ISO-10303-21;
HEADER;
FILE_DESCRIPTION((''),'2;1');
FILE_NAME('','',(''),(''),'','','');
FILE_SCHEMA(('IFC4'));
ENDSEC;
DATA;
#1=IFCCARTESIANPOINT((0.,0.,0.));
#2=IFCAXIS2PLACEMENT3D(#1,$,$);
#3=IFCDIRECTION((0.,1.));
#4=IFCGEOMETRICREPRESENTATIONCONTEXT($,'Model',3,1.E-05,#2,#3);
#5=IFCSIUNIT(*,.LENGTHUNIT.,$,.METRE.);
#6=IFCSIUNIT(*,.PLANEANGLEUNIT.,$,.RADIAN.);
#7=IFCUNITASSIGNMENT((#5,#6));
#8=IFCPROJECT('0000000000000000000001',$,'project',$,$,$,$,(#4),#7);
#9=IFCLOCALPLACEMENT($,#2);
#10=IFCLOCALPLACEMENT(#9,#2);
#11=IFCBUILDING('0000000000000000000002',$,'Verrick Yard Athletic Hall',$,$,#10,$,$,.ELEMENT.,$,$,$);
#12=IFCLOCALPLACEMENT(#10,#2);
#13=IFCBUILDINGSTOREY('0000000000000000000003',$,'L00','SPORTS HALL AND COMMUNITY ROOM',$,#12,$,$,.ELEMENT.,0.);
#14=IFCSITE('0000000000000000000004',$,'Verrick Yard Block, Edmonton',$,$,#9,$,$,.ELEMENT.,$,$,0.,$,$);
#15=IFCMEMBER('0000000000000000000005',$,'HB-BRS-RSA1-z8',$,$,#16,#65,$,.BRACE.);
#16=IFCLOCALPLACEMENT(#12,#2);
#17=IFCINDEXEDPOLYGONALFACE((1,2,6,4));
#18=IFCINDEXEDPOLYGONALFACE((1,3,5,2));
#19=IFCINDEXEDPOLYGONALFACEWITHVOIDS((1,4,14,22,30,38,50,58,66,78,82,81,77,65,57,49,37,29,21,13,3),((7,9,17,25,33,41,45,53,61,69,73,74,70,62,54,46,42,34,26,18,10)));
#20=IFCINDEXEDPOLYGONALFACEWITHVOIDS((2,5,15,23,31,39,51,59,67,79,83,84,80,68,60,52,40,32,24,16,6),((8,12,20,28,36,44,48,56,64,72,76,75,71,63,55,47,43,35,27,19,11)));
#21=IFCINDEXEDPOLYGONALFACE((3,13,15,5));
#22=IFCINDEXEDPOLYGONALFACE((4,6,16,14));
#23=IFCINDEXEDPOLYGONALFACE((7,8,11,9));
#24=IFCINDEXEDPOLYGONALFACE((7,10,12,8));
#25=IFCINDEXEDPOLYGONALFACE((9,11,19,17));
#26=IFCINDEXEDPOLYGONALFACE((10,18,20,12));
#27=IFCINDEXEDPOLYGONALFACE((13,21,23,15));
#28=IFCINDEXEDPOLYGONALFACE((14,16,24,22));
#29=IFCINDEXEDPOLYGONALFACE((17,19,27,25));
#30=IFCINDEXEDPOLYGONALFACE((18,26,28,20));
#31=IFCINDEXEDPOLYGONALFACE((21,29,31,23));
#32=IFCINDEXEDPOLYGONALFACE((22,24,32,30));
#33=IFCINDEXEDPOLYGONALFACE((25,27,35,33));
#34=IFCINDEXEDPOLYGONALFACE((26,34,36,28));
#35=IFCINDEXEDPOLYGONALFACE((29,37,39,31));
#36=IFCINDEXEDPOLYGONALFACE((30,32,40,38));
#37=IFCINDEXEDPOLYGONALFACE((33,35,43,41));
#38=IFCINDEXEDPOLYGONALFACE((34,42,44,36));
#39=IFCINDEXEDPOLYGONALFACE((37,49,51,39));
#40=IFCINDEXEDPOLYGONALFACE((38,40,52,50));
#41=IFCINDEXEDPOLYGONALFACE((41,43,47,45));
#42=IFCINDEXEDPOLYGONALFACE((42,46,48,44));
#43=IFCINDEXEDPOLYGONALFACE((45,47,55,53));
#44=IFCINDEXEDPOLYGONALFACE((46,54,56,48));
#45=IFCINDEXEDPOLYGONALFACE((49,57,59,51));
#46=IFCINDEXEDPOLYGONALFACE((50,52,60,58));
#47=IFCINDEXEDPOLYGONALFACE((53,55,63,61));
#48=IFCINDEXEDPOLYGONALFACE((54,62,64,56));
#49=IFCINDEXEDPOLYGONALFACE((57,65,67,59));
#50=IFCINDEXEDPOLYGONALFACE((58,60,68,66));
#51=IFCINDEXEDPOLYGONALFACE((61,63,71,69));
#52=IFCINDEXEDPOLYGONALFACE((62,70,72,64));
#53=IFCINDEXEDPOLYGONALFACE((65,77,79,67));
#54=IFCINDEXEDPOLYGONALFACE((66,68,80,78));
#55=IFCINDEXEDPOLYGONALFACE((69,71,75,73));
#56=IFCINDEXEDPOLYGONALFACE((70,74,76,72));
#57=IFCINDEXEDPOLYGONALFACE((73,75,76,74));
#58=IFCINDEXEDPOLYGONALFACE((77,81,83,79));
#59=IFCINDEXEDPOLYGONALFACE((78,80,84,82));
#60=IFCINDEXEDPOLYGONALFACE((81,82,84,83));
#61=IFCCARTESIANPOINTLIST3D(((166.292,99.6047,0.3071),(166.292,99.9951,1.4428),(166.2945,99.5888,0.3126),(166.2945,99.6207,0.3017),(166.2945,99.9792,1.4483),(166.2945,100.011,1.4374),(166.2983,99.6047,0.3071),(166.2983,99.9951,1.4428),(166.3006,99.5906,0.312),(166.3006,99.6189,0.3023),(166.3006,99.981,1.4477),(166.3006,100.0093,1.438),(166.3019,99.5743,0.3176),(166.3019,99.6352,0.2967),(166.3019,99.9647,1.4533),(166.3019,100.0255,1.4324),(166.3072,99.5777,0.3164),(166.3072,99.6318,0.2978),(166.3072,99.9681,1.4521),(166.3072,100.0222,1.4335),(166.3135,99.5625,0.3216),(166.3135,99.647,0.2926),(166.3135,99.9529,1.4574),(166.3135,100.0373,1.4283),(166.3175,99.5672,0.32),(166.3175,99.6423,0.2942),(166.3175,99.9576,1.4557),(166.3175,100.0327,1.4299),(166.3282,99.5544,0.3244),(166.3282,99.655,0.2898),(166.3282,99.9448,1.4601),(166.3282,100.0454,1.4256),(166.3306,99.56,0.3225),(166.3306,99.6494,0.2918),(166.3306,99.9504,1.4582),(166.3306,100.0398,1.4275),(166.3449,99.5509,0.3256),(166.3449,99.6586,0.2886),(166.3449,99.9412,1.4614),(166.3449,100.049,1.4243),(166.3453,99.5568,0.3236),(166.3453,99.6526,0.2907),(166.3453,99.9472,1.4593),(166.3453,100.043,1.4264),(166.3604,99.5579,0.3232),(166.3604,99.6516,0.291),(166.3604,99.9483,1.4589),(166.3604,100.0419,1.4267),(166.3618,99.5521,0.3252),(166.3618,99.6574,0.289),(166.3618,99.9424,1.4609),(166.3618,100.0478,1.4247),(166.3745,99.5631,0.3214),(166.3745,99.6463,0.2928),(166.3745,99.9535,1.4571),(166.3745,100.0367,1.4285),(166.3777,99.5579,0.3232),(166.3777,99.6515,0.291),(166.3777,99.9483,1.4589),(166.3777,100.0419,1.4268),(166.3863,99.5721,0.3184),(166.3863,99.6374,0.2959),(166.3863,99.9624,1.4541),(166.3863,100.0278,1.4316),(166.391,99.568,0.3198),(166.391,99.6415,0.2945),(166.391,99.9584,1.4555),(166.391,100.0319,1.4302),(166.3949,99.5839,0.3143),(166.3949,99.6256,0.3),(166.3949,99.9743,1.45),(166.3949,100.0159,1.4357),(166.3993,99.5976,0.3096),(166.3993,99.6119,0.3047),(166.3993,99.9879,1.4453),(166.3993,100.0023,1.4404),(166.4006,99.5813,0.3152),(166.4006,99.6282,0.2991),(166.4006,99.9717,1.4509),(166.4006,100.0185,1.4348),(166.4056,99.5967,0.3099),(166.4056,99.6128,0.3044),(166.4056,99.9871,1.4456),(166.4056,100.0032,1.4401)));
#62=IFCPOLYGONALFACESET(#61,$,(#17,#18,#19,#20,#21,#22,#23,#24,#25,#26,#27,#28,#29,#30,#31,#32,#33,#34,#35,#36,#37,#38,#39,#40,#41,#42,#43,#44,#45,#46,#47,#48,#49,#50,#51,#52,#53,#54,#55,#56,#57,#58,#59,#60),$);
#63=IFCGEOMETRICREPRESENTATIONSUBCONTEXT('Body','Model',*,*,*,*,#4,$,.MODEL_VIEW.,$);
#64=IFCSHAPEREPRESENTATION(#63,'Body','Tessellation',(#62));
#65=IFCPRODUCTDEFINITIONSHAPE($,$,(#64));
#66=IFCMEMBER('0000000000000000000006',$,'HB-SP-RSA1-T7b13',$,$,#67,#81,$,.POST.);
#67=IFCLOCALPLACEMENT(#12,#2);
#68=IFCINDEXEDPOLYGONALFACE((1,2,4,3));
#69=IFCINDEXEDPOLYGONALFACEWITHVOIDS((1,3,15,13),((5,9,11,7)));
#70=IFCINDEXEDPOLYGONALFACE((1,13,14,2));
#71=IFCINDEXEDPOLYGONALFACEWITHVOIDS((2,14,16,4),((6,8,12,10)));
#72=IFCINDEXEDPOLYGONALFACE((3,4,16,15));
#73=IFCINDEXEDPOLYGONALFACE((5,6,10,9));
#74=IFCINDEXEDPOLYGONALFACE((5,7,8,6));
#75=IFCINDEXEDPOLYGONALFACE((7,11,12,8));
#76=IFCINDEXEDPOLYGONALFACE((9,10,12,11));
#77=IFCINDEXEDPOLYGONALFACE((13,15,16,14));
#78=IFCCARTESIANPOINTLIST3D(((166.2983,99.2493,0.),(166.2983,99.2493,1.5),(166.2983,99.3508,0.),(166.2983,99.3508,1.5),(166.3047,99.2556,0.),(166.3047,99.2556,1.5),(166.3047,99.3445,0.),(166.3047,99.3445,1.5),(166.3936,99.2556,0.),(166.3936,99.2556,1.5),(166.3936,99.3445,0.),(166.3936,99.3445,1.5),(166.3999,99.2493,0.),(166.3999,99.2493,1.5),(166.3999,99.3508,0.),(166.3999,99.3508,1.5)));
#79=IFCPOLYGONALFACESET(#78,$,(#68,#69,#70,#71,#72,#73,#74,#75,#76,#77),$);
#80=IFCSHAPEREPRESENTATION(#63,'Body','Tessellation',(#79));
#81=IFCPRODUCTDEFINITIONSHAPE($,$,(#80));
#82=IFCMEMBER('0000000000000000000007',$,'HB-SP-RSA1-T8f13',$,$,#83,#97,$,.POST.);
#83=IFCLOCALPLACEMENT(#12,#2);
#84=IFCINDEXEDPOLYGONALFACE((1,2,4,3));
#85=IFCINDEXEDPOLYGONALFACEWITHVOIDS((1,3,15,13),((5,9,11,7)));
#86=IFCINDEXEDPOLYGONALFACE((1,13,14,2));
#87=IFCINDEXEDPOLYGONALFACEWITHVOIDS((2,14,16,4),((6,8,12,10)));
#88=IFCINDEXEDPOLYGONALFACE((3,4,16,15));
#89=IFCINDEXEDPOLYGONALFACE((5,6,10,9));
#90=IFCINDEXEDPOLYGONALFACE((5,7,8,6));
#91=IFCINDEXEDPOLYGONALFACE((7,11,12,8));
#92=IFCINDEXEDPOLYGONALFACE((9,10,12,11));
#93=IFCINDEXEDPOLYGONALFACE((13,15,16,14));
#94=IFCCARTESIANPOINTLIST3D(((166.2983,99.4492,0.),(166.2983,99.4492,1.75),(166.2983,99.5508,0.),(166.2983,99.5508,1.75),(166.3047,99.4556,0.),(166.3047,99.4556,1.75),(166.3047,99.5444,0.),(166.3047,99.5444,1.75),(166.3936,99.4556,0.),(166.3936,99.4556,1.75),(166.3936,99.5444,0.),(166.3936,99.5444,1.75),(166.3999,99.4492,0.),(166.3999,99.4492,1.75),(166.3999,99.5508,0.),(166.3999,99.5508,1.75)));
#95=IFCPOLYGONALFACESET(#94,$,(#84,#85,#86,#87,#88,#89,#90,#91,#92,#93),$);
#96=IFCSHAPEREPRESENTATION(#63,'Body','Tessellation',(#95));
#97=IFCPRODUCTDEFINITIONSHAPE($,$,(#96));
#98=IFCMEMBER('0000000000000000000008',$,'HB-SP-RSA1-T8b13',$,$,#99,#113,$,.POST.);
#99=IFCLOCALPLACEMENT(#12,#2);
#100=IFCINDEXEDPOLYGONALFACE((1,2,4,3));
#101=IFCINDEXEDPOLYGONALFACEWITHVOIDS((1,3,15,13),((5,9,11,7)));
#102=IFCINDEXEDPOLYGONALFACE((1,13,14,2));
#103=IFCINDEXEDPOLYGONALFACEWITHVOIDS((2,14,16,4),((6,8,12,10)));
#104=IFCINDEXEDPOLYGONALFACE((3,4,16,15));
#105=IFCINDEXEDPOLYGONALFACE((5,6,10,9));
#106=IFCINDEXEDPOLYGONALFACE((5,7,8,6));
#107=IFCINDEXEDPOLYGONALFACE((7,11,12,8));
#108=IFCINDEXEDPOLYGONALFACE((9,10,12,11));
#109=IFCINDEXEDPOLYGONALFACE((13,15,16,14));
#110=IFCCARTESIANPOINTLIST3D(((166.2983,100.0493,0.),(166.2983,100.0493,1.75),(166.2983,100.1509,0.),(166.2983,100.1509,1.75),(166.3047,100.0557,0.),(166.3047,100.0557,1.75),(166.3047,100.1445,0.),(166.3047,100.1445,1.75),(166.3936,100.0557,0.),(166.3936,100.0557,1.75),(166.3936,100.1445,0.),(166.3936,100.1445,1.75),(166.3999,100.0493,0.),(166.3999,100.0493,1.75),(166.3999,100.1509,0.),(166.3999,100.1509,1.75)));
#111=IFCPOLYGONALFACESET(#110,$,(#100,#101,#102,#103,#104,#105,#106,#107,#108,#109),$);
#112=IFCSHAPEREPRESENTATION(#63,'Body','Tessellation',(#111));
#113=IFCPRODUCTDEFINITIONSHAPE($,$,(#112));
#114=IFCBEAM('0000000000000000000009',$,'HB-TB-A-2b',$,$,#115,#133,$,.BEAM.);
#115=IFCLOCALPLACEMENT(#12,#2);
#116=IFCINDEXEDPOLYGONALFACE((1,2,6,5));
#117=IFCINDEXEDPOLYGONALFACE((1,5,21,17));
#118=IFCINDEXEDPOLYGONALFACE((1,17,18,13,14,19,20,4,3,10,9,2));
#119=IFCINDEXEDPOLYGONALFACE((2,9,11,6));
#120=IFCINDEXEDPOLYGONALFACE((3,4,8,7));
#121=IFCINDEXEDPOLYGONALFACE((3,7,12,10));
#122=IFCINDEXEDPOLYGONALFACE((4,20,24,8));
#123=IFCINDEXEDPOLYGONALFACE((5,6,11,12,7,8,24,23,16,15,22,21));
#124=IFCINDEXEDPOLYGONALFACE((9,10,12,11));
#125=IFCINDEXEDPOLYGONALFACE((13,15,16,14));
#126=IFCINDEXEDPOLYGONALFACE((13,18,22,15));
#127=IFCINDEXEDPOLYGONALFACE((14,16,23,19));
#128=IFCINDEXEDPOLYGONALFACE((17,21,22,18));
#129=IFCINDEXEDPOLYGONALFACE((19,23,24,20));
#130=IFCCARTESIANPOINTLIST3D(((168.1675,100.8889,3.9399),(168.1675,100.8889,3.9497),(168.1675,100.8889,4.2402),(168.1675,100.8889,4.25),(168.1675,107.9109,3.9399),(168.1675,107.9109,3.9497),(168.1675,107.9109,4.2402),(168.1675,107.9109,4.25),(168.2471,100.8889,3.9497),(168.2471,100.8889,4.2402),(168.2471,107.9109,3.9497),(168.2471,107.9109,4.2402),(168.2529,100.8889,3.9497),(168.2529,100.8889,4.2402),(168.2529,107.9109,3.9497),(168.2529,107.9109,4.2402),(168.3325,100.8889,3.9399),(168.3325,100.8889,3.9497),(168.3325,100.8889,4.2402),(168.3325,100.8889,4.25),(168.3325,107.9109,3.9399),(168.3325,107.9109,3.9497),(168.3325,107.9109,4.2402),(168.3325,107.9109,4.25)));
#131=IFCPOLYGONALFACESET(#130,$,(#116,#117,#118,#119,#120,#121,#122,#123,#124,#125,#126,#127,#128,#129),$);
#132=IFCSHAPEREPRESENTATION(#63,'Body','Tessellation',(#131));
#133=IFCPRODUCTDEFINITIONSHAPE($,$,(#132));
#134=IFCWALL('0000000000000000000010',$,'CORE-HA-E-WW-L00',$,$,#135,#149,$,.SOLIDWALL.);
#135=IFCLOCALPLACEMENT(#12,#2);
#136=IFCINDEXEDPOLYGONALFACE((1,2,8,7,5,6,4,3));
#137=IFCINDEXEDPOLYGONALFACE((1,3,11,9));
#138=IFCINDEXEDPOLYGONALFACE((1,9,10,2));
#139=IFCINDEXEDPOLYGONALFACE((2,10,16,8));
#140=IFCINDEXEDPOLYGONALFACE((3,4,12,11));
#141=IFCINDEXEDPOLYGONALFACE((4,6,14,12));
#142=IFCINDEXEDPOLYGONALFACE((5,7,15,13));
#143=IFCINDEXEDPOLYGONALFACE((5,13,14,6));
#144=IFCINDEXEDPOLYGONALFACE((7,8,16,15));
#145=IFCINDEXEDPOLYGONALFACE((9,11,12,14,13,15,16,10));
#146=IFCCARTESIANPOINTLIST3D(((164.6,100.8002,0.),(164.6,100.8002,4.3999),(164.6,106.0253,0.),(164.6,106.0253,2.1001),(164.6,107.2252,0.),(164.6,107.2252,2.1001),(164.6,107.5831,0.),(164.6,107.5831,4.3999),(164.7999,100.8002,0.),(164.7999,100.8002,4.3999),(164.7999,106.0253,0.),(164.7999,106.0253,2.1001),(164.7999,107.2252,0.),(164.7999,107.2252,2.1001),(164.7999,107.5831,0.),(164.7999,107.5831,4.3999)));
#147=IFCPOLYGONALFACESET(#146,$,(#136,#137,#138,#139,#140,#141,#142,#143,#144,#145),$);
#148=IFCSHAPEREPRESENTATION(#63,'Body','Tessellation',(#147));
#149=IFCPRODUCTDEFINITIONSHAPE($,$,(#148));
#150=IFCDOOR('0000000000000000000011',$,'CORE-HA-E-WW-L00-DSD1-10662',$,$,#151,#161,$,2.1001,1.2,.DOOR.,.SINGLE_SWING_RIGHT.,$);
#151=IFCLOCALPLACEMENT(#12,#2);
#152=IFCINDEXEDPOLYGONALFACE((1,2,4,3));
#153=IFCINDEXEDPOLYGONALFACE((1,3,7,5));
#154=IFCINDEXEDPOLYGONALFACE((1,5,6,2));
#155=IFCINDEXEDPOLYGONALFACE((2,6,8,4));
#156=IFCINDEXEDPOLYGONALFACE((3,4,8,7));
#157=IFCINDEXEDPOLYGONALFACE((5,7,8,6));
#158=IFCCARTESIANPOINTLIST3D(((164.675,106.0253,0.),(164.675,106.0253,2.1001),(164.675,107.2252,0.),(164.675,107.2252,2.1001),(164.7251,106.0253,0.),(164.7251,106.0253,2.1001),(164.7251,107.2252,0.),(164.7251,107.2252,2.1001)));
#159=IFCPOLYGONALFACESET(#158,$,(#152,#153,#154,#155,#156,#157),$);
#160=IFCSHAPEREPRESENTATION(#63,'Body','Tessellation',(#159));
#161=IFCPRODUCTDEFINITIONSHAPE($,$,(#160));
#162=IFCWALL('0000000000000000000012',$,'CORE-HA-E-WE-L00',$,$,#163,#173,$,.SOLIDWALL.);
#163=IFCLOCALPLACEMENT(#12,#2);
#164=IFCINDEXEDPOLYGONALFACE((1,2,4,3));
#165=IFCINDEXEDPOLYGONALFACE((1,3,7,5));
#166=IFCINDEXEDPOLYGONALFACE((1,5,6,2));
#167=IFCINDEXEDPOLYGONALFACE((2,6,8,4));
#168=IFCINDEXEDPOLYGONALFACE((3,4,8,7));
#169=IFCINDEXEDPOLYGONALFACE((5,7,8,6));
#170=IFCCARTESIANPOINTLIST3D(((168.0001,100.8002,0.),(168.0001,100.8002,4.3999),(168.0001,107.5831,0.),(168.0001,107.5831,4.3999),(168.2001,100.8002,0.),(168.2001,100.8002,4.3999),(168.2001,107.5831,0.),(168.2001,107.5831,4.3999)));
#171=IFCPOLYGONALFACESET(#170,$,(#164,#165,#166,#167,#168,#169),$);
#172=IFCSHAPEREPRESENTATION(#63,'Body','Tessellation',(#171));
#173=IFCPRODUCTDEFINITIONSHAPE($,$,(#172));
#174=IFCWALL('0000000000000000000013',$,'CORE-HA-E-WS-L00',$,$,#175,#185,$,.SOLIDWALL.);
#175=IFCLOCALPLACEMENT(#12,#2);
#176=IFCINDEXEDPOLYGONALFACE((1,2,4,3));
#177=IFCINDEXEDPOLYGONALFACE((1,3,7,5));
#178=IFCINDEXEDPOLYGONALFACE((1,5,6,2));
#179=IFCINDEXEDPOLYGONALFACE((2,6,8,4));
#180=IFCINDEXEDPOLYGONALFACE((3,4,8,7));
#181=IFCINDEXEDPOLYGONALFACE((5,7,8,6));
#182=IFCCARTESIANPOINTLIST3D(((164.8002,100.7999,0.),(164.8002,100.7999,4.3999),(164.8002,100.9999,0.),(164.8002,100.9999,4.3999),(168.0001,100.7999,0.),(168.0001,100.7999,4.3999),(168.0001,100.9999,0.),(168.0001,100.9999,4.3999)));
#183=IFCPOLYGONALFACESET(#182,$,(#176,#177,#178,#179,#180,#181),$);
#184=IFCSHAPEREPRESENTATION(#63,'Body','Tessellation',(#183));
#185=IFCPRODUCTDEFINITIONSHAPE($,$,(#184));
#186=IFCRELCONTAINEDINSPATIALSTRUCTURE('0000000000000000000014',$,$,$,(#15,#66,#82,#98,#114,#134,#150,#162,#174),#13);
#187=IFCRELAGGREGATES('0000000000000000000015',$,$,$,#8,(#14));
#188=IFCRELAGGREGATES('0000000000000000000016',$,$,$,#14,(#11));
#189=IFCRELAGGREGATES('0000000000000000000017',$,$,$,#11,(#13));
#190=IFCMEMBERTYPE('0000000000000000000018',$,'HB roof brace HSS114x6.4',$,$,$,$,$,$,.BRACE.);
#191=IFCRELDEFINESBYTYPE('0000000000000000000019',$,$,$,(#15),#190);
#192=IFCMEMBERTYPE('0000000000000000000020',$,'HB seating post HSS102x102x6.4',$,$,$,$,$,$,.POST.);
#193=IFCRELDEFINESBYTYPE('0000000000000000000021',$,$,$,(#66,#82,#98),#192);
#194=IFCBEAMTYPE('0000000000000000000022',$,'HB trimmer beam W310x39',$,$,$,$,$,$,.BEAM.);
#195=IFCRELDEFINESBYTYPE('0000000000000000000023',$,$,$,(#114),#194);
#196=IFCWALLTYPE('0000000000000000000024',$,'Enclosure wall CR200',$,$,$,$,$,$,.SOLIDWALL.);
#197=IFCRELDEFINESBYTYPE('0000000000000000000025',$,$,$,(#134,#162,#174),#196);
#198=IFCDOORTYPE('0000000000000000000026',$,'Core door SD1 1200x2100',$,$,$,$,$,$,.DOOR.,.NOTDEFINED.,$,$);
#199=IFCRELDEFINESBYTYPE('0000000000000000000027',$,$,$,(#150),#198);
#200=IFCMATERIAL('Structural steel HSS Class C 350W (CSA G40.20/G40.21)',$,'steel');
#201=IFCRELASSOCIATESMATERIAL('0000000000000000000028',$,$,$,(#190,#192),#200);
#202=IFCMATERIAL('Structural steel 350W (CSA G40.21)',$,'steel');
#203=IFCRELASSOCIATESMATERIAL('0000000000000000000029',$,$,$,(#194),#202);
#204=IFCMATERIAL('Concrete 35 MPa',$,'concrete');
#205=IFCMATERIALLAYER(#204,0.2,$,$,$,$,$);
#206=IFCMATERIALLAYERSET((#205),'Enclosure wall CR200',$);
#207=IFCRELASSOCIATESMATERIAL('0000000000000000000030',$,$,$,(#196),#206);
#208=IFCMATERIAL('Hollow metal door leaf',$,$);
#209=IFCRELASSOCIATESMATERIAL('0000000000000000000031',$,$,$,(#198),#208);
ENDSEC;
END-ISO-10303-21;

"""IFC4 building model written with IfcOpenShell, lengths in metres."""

from ifc_helpers import new_model, si_unit, direction, frame, frame_2d, origin, origin_2d, place, context, subcontext, project, spatial, rectangle, hollow_rectangle, hollow_circle, i_section, extrude, material, layer, layer_set, material_profile, profile_set, type_object, element, fill, save


model = new_model("IFC4")

# Units and contexts
model_context = context("Model", 3, precision=1e-05, world=origin(), true_north=direction((0.0, 1.0)))
body_context = subcontext(model_context, "Body", "Model", "MODEL_VIEW")
ifc_project = project(units=[si_unit("LENGTHUNIT", "METRE"), si_unit("PLANEANGLEUNIT", "RADIAN")], contexts=[model_context])

# Site, building, storey
site_placement = place(None, origin())
site = spatial("IfcSite", under=ifc_project, at=site_placement, Name="Verrick Yard Block, Edmonton", CompositionType="ELEMENT", RefElevation=0.0)
building_placement = place(site_placement, origin())
building = spatial("IfcBuilding", under=site, at=building_placement, Name="Verrick Yard Athletic Hall", CompositionType="ELEMENT")
storey_placement = place(building_placement, origin())
storey = spatial("IfcBuildingStorey", under=building, at=storey_placement, Name="L00", Description="SPORTS HALL AND COMMUNITY ROOM", CompositionType="ELEMENT", Elevation=0.0)

# Shared definitions
ifc_material_1 = material(Name="Concrete 35 MPa", Category="concrete")

# Shared definitions
ifc_material_2 = material(Name="Structural steel 350W (CSA G40.21)", Category="steel")

# Members
ifc_material_3 = material(Name="Structural steel HSS Class C 350W (CSA G40.20/G40.21)", Category="steel")
ifc_material_profile_1 = material_profile(ifc_material_3, hollow_circle(Radius=0.0571, WallThickness=0.0063, at=origin_2d()), Name="HSS114x6.4")
ifc_profile_set_1 = profile_set([ifc_material_profile_1], Name="Structural steel HSS Class C 350W (CSA G40.20/G40.21)")
member_type_1 = type_object("IfcMemberType", Name="HB roof brace HSS114x6.4", PredefinedType="BRACE", material=ifc_profile_set_1)
member_1_placement = place(storey_placement, frame((166.3491, 99.6047, 0.3071), z_axis=(0.0, 0.325057, 0.945694), x_axis=(-1.0, 0.0, 0.0)))
element("IfcMember", 1, at=member_1_placement, inside=storey, type_object=member_type_1, Name="HB-BRS-RSA1-z8", PredefinedType="BRACE", context=body_context, shape_type="SweptSolid", body=[
    extrude(hollow_circle(Radius=0.0571, WallThickness=0.0063, at=origin_2d()), origin(), (0.0, 0.0, 1.0), 1.2009),
])
ifc_material_profile_2 = material_profile(ifc_material_3, hollow_rectangle(XDim=0.1016, YDim=0.1016, WallThickness=0.0063, at=origin_2d()), Name="HSS102x102x6.4")
ifc_profile_set_2 = profile_set([ifc_material_profile_2], Name="Structural steel HSS Class C 350W (CSA G40.20/G40.21)")
member_type_2 = type_object("IfcMemberType", Name="HB seating post HSS102x102x6.4", PredefinedType="POST", material=ifc_profile_set_2)
member_2_placement = place(storey_placement, frame((166.3491, 99.3, 0.0), z_axis=(0.0, 0.0, 1.0), x_axis=(0.0, 1.0, 0.0)))
element("IfcMember", 2, at=member_2_placement, inside=storey, type_object=member_type_2, Name="HB-SP-RSA1-T7b13", PredefinedType="POST", context=body_context, shape_type="SweptSolid", body=[
    extrude(hollow_rectangle(XDim=0.1016, YDim=0.1016, WallThickness=0.0063, at=origin_2d()), origin(), (0.0, 0.0, 1.0), 1.5),
])
for number, where, z_axis, x_axis, name in (
    (3, (166.3491, 99.5, 0.0), (0.0, 0.0, 1.0), (0.0, 1.0, 0.0), "HB-SP-RSA1-T8f13"),
    (4, (166.3491, 100.1001, 0.0), (0.0, 0.0, 1.0), (0.0, 1.0, 0.0), "HB-SP-RSA1-T8b13"),
):
    element("IfcMember", number, at=place(storey_placement, frame(where, z_axis=z_axis, x_axis=x_axis)), inside=storey, type_object=member_type_2, Name=name, PredefinedType="POST", context=body_context, shape_type="SweptSolid", body=[
        extrude(hollow_rectangle(XDim=0.1016, YDim=0.1016, WallThickness=0.0063, at=origin_2d()), origin(), (0.0, 0.0, 1.0), 1.75),
    ])

# Beam
ifc_material_profile_3 = material_profile(ifc_material_2, i_section(OverallWidth=0.165, OverallDepth=0.3101, WebThickness=0.0059, FlangeThickness=0.0098, at=origin_2d()), Name="W310x39")
ifc_profile_set_3 = profile_set([ifc_material_profile_3], Name="Structural steel 350W (CSA G40.21)")
beam_type_1 = type_object("IfcBeamType", Name="HB trimmer beam W310x39", PredefinedType="BEAM", material=ifc_profile_set_3)
beam_1_placement = place(storey_placement, frame((168.25, 100.8889, 4.095), z_axis=(0.0, 1.0, 0.0), x_axis=(-1.0, 0.0, 0.0)))
element("IfcBeam", 5, at=beam_1_placement, inside=storey, type_object=beam_type_1, Name="HB-TB-A-2b", PredefinedType="BEAM", context=body_context, shape_type="SweptSolid", body=[
    extrude(i_section(OverallWidth=0.165, OverallDepth=0.3101, WebThickness=0.0059, FlangeThickness=0.0098, at=origin_2d()), origin(), (0.0, 0.0, 1.0), 7.022),
])

# Wall, opening, door
ifc_layer = layer(ifc_material_1, 0.2)
ifc_layer_set = layer_set([ifc_layer], Name="Enclosure wall CR200")
wall_type = type_object("IfcWallType", Name="Enclosure wall CR200", PredefinedType="SOLIDWALL", material=ifc_layer_set)
wall_1_placement = place(storey_placement, frame((164.7, 100.8, 0.0), z_axis=(0.0, 0.0, 1.0), x_axis=(0.0, 1.0, 0.0)))
wall_1 = element("IfcWall", 6, at=wall_1_placement, inside=storey, type_object=wall_type, Name="CORE-HA-E-WW-L00", PredefinedType="SOLIDWALL", context=body_context, shape_type="SweptSolid", body=[
    extrude(rectangle(XDim=6.783, YDim=0.2, at=frame_2d((3.3916, 0.0))), origin(), (0.0, 0.0, 1.0), 4.3999),
])
opening_placement = place(wall_1_placement, frame((5.2251, 0.0, 0.0)))
opening = element("IfcOpeningElement", 7, at=opening_placement, cuts=wall_1, PredefinedType="OPENING", context=body_context, shape_type="SweptSolid", body=[
    extrude(rectangle(XDim=1.2, YDim=2.1001, at=frame_2d((0.6001, 1.05))), frame((0.0, 0.1099, 0.0), z_axis=(0.0, -1.0, 0.0), x_axis=(1.0, 0.0, 0.0)), (0.0, 0.0, 1.0), 0.22),
])
ifc_material_4 = material(Name="Hollow metal door leaf")
door_type = type_object("IfcDoorType", Name="Core door SD1 1200x2100", OperationType="NOTDEFINED", PredefinedType="DOOR", material=ifc_material_4)
door_placement = place(opening_placement, origin())
door = element("IfcDoor", 8, at=door_placement, inside=storey, type_object=door_type, Name="CORE-HA-E-WW-L00-DSD1-10662", OperationType="SINGLE_SWING_RIGHT", OverallHeight=2.1001, OverallWidth=1.2, PredefinedType="DOOR", context=body_context, shape_type="SweptSolid", body=[
    extrude(rectangle(XDim=1.2, YDim=2.1001, at=frame_2d((0.6001, 1.05))), frame((0.0, 0.0249, 0.0), z_axis=(0.0, -1.0, 0.0), x_axis=(1.0, 0.0, 0.0)), (0.0, 0.0, 1.0), 0.05),
])
fill(opening, door)

# Walls
wall_2_placement = place(storey_placement, frame((168.1001, 100.8, 0.0), z_axis=(0.0, 0.0, 1.0), x_axis=(0.0, 1.0, 0.0)))
element("IfcWall", 9, at=wall_2_placement, inside=storey, type_object=wall_type, Name="CORE-HA-E-WE-L00", PredefinedType="SOLIDWALL", context=body_context, shape_type="SweptSolid", body=[
    extrude(rectangle(XDim=6.783, YDim=0.2, at=frame_2d((3.3916, 0.0))), origin(), (0.0, 0.0, 1.0), 4.3999),
])
wall_3_placement = place(storey_placement, frame((164.8, 100.8999, 0.0), z_axis=(0.0, 0.0, 1.0), x_axis=(1.0, 0.0, 0.0)))
element("IfcWall", 10, at=wall_3_placement, inside=storey, type_object=wall_type, Name="CORE-HA-E-WS-L00", PredefinedType="SOLIDWALL", context=body_context, shape_type="SweptSolid", body=[
    extrude(rectangle(XDim=3.2, YDim=0.2, at=frame_2d((1.6001, 0.0))), origin(), (0.0, 0.0, 1.0), 4.3999),
])

save(model, "model.ifc")
